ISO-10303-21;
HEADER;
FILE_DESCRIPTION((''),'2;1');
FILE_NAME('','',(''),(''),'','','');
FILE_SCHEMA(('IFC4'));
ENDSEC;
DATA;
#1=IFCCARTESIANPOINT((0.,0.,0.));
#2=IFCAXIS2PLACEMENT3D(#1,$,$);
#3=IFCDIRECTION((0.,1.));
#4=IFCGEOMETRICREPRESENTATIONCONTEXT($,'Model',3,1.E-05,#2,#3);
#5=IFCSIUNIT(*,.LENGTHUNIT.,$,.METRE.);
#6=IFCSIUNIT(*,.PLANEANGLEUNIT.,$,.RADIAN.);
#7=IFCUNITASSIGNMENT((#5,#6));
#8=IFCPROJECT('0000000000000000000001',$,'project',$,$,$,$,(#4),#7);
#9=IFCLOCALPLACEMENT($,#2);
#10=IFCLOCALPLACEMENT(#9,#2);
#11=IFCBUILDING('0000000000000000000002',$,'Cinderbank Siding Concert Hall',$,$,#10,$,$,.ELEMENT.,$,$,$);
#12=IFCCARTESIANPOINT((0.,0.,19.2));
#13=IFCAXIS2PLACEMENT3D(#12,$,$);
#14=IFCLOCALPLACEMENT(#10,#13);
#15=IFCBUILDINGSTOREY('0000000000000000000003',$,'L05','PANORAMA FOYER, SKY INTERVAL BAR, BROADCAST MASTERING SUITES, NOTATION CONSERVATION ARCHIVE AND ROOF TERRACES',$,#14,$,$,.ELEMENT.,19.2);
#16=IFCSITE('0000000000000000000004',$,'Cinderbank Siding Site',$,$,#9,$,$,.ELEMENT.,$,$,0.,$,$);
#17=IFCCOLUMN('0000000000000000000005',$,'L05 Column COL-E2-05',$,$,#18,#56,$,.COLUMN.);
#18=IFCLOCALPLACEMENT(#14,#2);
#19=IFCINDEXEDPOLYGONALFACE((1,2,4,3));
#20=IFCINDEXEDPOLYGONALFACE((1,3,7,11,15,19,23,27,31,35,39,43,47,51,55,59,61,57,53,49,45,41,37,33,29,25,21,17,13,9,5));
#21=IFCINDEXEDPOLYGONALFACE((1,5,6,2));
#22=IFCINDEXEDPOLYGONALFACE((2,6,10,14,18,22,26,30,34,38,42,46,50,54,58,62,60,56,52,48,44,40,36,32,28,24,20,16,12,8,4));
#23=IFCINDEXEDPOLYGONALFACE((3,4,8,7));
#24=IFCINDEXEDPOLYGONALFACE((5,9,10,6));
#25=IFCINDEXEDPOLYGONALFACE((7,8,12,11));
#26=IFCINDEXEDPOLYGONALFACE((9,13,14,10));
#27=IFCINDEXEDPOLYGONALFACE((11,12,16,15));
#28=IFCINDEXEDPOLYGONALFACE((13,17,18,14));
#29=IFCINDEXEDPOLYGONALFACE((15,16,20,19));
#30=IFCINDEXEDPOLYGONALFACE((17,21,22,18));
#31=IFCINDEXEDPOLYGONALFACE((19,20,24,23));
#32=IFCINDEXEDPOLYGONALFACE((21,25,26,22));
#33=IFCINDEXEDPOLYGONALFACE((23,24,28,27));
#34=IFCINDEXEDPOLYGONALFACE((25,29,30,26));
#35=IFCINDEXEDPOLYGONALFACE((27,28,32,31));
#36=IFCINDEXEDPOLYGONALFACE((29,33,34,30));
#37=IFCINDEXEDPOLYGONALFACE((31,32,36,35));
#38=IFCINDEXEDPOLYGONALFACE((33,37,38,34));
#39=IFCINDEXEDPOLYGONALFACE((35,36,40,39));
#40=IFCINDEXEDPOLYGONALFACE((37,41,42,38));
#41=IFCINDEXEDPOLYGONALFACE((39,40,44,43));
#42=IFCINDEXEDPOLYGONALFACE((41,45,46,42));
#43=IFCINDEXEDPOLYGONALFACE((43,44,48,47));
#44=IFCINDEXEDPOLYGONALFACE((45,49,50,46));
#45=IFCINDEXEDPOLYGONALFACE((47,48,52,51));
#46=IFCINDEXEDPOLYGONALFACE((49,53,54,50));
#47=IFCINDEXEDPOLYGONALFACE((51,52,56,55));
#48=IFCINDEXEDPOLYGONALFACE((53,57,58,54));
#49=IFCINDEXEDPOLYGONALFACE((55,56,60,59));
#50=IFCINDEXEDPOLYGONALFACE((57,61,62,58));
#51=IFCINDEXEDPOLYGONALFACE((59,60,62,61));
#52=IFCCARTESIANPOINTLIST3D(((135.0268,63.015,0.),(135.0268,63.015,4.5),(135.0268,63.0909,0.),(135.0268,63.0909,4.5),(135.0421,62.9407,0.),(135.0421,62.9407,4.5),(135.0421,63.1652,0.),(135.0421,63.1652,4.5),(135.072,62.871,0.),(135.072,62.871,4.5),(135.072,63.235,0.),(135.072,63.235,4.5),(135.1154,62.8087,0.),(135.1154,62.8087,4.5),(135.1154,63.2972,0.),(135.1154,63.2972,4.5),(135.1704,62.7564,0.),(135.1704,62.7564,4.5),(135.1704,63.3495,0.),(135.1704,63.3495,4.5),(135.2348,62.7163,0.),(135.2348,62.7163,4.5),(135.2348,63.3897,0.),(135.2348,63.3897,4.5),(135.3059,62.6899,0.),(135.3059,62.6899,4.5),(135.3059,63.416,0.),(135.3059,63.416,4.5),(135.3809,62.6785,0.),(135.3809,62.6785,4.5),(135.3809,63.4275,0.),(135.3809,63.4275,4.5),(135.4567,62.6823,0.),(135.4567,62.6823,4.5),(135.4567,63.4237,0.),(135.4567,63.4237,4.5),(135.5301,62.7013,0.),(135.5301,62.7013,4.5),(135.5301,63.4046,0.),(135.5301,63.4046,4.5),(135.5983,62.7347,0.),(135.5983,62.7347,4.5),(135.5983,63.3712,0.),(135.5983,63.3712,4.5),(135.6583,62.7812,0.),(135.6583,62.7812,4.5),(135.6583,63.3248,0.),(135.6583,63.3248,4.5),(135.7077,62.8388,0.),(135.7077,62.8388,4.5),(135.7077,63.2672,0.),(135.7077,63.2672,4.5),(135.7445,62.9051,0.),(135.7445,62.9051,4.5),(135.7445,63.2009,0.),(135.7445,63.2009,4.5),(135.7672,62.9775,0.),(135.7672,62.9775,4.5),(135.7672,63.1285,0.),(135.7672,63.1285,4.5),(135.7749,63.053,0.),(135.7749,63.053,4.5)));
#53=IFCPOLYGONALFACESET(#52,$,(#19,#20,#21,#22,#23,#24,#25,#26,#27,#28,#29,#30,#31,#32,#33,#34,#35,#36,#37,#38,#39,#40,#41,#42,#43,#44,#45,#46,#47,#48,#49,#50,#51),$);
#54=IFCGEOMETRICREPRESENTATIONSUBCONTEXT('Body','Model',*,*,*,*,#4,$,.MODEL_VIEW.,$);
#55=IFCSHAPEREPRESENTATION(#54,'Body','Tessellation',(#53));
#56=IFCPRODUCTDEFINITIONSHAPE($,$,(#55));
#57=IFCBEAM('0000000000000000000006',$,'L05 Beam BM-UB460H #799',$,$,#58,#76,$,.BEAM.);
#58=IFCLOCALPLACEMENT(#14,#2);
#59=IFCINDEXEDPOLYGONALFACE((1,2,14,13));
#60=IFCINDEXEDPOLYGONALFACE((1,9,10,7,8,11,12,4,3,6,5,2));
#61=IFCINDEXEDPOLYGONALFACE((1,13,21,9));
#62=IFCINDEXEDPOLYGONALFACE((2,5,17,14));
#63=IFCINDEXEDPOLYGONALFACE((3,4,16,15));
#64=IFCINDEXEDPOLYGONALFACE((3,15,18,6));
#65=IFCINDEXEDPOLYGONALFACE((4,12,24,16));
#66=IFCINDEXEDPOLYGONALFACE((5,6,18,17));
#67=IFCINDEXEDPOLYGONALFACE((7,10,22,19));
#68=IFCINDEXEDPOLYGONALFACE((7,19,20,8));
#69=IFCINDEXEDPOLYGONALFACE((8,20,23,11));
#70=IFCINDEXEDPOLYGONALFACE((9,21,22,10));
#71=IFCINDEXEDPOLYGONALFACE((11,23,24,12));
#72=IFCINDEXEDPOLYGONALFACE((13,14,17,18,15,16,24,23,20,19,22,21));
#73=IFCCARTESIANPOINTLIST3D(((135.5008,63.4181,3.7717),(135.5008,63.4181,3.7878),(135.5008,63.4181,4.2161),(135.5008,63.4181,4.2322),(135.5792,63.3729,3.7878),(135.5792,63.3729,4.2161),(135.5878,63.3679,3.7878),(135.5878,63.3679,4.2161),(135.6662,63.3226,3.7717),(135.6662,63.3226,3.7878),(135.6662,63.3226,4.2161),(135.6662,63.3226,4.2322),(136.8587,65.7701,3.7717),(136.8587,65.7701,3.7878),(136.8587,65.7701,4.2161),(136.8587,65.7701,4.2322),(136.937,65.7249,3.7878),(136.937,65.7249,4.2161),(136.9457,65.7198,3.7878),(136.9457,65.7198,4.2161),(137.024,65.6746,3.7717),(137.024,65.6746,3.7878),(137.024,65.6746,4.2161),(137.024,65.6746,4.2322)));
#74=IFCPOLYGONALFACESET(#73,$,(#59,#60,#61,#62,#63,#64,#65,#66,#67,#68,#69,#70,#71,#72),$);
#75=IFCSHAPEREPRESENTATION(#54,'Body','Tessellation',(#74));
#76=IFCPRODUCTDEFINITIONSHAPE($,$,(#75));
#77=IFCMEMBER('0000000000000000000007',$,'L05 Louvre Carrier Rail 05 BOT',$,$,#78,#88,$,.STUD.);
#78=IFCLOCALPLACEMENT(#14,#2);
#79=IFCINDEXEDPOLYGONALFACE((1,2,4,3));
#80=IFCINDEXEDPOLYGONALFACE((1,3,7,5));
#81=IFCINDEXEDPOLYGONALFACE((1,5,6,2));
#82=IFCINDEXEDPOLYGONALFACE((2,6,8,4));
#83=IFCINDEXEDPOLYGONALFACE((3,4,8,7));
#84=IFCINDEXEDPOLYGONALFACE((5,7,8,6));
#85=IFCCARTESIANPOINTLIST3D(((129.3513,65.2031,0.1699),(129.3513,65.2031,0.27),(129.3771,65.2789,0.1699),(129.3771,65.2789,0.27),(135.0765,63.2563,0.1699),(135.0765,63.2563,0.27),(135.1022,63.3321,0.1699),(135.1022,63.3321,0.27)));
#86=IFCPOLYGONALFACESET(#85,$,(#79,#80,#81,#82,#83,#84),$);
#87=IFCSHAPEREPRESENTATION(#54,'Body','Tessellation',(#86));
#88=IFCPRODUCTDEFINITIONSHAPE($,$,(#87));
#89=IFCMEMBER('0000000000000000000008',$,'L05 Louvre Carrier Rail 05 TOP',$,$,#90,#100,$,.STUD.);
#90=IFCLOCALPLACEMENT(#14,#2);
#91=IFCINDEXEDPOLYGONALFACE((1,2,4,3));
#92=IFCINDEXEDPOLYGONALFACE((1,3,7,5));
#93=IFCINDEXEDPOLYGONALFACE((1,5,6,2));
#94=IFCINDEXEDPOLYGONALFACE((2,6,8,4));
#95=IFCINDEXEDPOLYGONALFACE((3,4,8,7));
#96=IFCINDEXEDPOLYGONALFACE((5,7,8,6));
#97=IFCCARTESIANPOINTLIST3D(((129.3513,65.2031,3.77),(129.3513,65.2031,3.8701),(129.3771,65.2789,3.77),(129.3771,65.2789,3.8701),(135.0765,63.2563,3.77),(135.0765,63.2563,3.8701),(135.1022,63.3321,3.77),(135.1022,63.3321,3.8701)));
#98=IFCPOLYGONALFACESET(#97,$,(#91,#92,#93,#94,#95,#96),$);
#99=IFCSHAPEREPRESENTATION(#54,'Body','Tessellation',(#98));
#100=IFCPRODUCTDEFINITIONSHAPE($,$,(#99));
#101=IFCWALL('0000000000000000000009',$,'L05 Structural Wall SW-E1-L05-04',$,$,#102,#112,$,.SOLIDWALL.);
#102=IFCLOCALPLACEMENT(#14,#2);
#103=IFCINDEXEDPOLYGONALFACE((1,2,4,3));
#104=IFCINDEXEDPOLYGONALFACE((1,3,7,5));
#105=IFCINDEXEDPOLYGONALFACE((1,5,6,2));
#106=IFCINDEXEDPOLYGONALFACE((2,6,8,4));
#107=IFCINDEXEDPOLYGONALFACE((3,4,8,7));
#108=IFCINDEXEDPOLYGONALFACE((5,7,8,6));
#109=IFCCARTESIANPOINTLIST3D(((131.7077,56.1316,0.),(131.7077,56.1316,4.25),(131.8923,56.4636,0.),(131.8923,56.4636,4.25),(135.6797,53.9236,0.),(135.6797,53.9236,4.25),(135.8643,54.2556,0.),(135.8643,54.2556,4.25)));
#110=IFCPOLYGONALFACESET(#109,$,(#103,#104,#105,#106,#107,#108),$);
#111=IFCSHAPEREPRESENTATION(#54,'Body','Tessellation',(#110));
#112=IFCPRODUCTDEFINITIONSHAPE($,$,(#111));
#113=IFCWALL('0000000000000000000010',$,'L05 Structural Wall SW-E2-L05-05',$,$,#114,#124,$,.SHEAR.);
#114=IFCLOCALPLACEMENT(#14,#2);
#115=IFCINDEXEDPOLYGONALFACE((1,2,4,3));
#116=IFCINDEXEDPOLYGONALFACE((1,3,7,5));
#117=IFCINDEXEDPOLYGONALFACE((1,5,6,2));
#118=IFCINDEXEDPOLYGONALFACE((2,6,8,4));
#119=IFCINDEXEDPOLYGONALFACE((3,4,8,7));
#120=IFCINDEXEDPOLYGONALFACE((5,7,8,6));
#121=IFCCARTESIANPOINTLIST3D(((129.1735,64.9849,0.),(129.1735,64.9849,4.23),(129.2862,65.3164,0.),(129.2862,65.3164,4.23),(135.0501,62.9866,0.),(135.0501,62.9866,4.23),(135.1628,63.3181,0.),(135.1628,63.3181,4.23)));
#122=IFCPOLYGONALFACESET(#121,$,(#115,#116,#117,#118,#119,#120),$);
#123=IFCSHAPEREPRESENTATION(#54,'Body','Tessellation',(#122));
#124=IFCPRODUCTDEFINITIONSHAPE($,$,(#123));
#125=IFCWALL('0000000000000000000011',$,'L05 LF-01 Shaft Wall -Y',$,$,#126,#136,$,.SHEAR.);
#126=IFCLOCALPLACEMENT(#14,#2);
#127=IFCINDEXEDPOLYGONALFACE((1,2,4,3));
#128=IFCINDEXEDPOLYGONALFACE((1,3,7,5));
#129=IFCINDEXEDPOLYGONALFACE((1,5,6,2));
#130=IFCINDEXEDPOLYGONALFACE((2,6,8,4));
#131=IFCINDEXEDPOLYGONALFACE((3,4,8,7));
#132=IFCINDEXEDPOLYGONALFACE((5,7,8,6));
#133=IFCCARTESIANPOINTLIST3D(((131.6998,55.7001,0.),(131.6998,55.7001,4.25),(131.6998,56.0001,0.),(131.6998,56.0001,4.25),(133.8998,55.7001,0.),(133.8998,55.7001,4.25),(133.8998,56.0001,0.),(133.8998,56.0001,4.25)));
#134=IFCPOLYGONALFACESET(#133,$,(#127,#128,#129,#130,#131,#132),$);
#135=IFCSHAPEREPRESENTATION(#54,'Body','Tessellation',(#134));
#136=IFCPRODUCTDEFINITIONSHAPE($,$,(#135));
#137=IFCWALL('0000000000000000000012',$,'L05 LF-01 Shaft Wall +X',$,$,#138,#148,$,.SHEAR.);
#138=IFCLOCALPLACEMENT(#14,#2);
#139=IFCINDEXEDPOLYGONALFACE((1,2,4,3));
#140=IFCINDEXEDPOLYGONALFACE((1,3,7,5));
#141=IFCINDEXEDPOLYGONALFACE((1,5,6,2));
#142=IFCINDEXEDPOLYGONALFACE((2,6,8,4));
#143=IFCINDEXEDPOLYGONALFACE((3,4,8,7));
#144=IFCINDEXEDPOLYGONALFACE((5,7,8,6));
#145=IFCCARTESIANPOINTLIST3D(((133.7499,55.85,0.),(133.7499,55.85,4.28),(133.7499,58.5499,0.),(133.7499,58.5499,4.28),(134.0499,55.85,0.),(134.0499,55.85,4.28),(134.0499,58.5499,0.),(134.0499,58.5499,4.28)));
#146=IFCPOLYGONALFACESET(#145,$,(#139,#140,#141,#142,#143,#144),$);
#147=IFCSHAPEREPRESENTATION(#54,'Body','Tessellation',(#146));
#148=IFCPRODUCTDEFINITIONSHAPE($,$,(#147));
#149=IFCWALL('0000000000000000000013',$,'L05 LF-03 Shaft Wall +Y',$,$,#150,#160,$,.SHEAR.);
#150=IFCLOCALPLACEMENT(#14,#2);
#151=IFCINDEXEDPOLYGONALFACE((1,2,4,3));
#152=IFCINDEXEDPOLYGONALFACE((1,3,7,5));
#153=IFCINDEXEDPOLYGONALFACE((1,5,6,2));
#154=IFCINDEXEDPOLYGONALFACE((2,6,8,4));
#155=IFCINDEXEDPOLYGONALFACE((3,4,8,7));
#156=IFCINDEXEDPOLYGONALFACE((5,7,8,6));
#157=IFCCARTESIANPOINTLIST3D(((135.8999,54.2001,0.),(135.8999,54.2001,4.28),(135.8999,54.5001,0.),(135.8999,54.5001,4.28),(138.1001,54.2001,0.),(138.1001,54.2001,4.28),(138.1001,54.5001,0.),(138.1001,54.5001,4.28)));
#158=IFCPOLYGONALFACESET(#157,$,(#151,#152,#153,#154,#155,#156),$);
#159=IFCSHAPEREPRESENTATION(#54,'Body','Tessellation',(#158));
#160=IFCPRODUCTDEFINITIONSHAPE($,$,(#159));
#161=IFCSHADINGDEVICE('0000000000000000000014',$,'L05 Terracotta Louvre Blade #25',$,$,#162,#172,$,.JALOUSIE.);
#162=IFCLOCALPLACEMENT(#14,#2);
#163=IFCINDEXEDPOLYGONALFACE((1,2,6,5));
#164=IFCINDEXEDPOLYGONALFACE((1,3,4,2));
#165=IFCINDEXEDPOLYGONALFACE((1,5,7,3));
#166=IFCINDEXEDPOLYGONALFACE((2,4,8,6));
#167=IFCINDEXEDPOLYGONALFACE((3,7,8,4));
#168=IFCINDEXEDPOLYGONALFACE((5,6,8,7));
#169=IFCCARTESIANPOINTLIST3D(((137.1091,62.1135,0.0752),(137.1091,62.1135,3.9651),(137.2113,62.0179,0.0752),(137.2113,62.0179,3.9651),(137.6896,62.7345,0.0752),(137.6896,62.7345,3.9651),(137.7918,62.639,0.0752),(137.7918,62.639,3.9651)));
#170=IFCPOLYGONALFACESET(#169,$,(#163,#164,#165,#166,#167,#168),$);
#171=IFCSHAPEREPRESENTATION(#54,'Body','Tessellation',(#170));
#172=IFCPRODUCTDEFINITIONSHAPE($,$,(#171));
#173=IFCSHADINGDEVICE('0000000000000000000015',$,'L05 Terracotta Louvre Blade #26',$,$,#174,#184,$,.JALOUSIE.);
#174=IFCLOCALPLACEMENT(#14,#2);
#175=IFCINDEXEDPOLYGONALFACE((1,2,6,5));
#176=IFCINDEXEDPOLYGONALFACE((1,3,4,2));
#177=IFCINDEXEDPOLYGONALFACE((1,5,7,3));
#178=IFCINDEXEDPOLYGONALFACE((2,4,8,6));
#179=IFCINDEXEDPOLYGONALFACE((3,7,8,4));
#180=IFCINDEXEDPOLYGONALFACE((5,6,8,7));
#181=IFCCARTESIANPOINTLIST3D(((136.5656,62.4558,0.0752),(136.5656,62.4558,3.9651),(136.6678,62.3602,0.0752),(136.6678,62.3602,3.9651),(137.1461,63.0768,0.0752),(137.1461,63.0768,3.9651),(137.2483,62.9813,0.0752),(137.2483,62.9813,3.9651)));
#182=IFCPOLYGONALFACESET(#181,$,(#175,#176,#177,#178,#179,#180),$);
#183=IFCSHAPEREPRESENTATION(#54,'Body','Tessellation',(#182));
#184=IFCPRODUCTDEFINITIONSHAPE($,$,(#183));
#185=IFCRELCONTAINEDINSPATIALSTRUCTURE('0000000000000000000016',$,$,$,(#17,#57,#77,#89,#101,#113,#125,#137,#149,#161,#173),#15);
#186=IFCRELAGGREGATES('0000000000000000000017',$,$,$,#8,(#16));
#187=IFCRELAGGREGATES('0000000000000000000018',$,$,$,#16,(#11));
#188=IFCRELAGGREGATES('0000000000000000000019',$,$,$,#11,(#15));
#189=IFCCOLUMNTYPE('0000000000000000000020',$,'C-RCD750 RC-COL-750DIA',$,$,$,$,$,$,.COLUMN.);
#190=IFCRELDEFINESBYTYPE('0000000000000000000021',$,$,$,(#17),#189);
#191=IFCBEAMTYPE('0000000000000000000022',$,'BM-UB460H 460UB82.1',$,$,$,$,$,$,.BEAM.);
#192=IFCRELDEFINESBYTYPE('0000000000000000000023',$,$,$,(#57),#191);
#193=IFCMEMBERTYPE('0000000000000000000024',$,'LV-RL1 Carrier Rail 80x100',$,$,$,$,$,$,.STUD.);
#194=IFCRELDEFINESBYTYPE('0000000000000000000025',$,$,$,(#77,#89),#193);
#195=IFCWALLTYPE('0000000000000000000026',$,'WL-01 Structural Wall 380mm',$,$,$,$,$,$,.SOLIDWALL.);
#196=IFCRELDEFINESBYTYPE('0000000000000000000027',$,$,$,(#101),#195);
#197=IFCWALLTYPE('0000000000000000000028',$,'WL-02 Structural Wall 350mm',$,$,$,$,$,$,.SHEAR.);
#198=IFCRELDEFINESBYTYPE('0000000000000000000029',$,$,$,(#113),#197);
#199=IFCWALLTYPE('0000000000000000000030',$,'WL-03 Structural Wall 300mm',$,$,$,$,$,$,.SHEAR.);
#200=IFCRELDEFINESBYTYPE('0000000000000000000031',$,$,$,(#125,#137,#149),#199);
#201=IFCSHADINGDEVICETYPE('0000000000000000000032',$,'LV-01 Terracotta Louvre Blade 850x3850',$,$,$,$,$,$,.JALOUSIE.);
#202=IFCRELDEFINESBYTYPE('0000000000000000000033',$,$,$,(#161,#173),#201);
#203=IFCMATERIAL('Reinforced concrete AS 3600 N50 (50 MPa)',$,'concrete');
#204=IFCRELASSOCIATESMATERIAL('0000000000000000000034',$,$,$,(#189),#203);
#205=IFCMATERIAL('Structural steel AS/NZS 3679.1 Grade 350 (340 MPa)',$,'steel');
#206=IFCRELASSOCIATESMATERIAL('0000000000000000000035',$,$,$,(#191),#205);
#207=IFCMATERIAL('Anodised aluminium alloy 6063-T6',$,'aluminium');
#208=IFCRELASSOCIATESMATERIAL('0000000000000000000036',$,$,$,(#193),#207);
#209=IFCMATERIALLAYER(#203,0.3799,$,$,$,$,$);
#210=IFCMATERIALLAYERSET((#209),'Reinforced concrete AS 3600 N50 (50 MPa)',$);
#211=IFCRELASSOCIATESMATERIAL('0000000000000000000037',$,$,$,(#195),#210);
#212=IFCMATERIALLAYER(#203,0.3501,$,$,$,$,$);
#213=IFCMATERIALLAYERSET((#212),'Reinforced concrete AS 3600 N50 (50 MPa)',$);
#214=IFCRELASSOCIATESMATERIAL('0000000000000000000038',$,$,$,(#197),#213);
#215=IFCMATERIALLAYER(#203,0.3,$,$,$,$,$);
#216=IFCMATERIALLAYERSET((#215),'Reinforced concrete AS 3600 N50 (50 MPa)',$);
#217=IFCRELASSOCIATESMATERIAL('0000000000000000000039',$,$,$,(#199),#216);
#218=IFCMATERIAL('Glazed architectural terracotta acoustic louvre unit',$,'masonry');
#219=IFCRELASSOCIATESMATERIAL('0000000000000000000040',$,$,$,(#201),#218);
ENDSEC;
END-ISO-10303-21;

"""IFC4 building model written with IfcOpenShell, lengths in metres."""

from ifc_helpers import new_model, si_unit, direction, frame, frame_2d, origin, origin_2d, place, context, subcontext, project, spatial, rectangle, circle, i_section, extrude, material, layer, layer_set, material_profile, profile_set, type_object, element, save


model = new_model("IFC4")

# Units and contexts
model_context = context("Model", 3, precision=1e-05, world=origin(), true_north=direction((0.0, 1.0)))
body_context = subcontext(model_context, "Body", "Model", "MODEL_VIEW")
ifc_project = project(units=[si_unit("LENGTHUNIT", "METRE"), si_unit("PLANEANGLEUNIT", "RADIAN")], contexts=[model_context])

# Site, building, storey
site_placement = place(None, origin())
site = spatial("IfcSite", under=ifc_project, at=site_placement, Name="Cinderbank Siding Site", CompositionType="ELEMENT", RefElevation=0.0)
building_placement = place(site_placement, origin())
building = spatial("IfcBuilding", under=site, at=building_placement, Name="Cinderbank Siding Concert Hall", CompositionType="ELEMENT")
storey_placement = place(building_placement, frame((0.0, 0.0, 19.2)))
storey = spatial("IfcBuildingStorey", under=building, at=storey_placement, Name="L05", Description="PANORAMA FOYER, SKY INTERVAL BAR, BROADCAST MASTERING SUITES, NOTATION CONSERVATION ARCHIVE AND ROOF TERRACES", CompositionType="ELEMENT", Elevation=19.2)

# Column
ifc_material_1 = material(Name="Reinforced concrete AS 3600 N50 (50 MPa)", Category="concrete")
ifc_material_profile_1 = material_profile(ifc_material_1, circle(Radius=0.375, at=origin_2d()), Name="RC-COL-750DIA", Category="LoadBearing")
ifc_profile_set_1 = profile_set([ifc_material_profile_1], Name="Reinforced concrete AS 3600 N50 (50 MPa)")
column_type = type_object("IfcColumnType", Name="C-RCD750 RC-COL-750DIA", PredefinedType="COLUMN", material=ifc_profile_set_1)
column_placement = place(storey_placement, frame((135.3999, 63.053, 0.0), z_axis=(0.0, 0.0, 1.0), x_axis=(1.0, 0.0, 0.0)))
element("IfcColumn", 1, at=column_placement, inside=storey, type_object=column_type, Name="L05 Column COL-E2-05", PredefinedType="COLUMN", context=body_context, shape_type="SweptSolid", body=[
    extrude(circle(Radius=0.375, at=origin_2d()), origin(), (0.0, 0.0, 1.0), 4.5),
])

# Beam
ifc_material_2 = material(Name="Structural steel AS/NZS 3679.1 Grade 350 (340 MPa)", Category="steel")
ifc_material_profile_2 = material_profile(ifc_material_2, i_section(OverallWidth=0.1909, OverallDepth=0.4604, WebThickness=0.01, FlangeThickness=0.0161, at=origin_2d()), Name="460UB82.1", Category="LoadBearing")
ifc_profile_set_2 = profile_set([ifc_material_profile_2], Name="Structural steel AS/NZS 3679.1 Grade 350 (340 MPa)")
beam_type = type_object("IfcBeamType", Name="BM-UB460H 460UB82.1", PredefinedType="BEAM", material=ifc_profile_set_2)
beam_placement = place(storey_placement, frame((135.5835, 63.3704, 4.002), z_axis=(0.499987, 0.866033, 0.0), x_axis=(-0.866033, 0.499987, 0.0)))
element("IfcBeam", 2, at=beam_placement, inside=storey, type_object=beam_type, Name="L05 Beam BM-UB460H #799", PredefinedType="BEAM", context=body_context, shape_type="SweptSolid", body=[
    extrude(i_section(OverallWidth=0.1909, OverallDepth=0.4604, WebThickness=0.01, FlangeThickness=0.0161, at=origin_2d()), origin(), (0.0, 0.0, 1.0), 2.7158),
])

# Members
ifc_material_3 = material(Name="Anodised aluminium alloy 6063-T6", Category="aluminium")
ifc_material_profile_3 = material_profile(ifc_material_3, rectangle(XDim=0.0801, YDim=0.1001, at=origin_2d()), Name="ALU-RAIL-80x100", Category="LoadBearing")
ifc_profile_set_3 = profile_set([ifc_material_profile_3], Name="Anodised aluminium alloy 6063-T6")
member_type = type_object("IfcMemberType", Name="LV-RL1 Carrier Rail 80x100", PredefinedType="STUD", material=ifc_profile_set_3)
for number, where, z_axis, x_axis, name in (
    (3, (135.0894, 63.2942, 0.22), (-0.94676, 0.321939, 0.0), (-0.321939, -0.94676, 0.0), "L05 Louvre Carrier Rail 05 BOT"),
    (4, (135.0894, 63.2942, 3.8201), (-0.94676, 0.321939, 0.0), (-0.321939, -0.94676, 0.0), "L05 Louvre Carrier Rail 05 TOP"),
):
    element("IfcMember", number, at=place(storey_placement, frame(where, z_axis=z_axis, x_axis=x_axis)), inside=storey, type_object=member_type, Name=name, PredefinedType="STUD", context=body_context, shape_type="SweptSolid", body=[
        extrude(rectangle(XDim=0.0801, YDim=0.1001, at=origin_2d()), origin(), (0.0, 0.0, 1.0), 6.0471),
    ])

# Walls
ifc_layer_1 = layer(ifc_material_1, 0.3799)
ifc_layer_set_1 = layer_set([ifc_layer_1], Name="Reinforced concrete AS 3600 N50 (50 MPa)")
wall_type_1 = type_object("IfcWallType", Name="WL-01 Structural Wall 380mm", PredefinedType="SOLIDWALL", material=ifc_layer_set_1)
wall_1_placement = place(storey_placement, frame((135.772, 54.0896, 0.0), z_axis=(0.0, 0.0, 1.0), x_axis=(-0.874028, 0.485876, 0.0)))
element("IfcWall", 5, at=wall_1_placement, inside=storey, type_object=wall_type_1, Name="L05 Structural Wall SW-E1-L05-04", PredefinedType="SOLIDWALL", context=body_context, shape_type="SweptSolid", body=[
    extrude(rectangle(XDim=4.5444, YDim=0.3799, at=frame_2d((2.2722, 0.0))), origin(), (0.0, 0.0, 1.0), 4.25),
])
ifc_layer_2 = layer(ifc_material_1, 0.3501)
ifc_layer_set_2 = layer_set([ifc_layer_2], Name="Reinforced concrete AS 3600 N50 (50 MPa)")
wall_type_2 = type_object("IfcWallType", Name="WL-02 Structural Wall 350mm", PredefinedType="SHEAR", material=ifc_layer_set_2)
wall_2_placement = place(storey_placement, frame((135.1064, 63.1523, 0.0), z_axis=(0.0, 0.0, 1.0), x_axis=(-0.946758, 0.321945, 0.0)))
element("IfcWall", 6, at=wall_2_placement, inside=storey, type_object=wall_type_2, Name="L05 Structural Wall SW-E2-L05-05", PredefinedType="SHEAR", context=body_context, shape_type="SweptSolid", body=[
    extrude(rectangle(XDim=6.207, YDim=0.3501, at=frame_2d((3.1035, 0.0))), origin(), (0.0, 0.0, 1.0), 4.23),
])
ifc_layer_3 = layer(ifc_material_1, 0.3)
ifc_layer_set_3 = layer_set([ifc_layer_3], Name="Reinforced concrete AS 3600 N50 (50 MPa)")
wall_type_3 = type_object("IfcWallType", Name="WL-03 Structural Wall 300mm", PredefinedType="SHEAR", material=ifc_layer_set_3)
wall_3_placement = place(storey_placement, frame((133.8999, 55.8501, 0.0), z_axis=(0.0, 0.0, 1.0), x_axis=(-1.0, 0.0, 0.0)))
element("IfcWall", 7, at=wall_3_placement, inside=storey, type_object=wall_type_3, Name="L05 LF-01 Shaft Wall -Y", PredefinedType="SHEAR", context=body_context, shape_type="SweptSolid", body=[
    extrude(rectangle(XDim=2.2, YDim=0.3, at=frame_2d((1.1001, 0.0))), origin(), (0.0, 0.0, 1.0), 4.25),
])
wall_4_placement = place(storey_placement, frame((133.8999, 58.55, 0.0), z_axis=(0.0, 0.0, 1.0), x_axis=(0.0, -1.0, 0.0)))
element("IfcWall", 8, at=wall_4_placement, inside=storey, type_object=wall_type_3, Name="L05 LF-01 Shaft Wall +X", PredefinedType="SHEAR", context=body_context, shape_type="SweptSolid", body=[
    extrude(rectangle(XDim=2.7, YDim=0.3, at=frame_2d((1.3501, 0.0))), origin(), (0.0, 0.0, 1.0), 4.28),
])
wall_5_placement = place(storey_placement, frame((135.8999, 54.3501, 0.0), z_axis=(0.0, 0.0, 1.0), x_axis=(1.0, 0.0, 0.0)))
element("IfcWall", 9, at=wall_5_placement, inside=storey, type_object=wall_type_3, Name="L05 LF-03 Shaft Wall +Y", PredefinedType="SHEAR", context=body_context, shape_type="SweptSolid", body=[
    extrude(rectangle(XDim=2.2002, YDim=0.3, at=frame_2d((1.1001, 0.0))), origin(), (0.0, 0.0, 1.0), 4.28),
])

# Shading devices
ifc_material_4 = material(Name="Glazed architectural terracotta acoustic louvre unit", Category="masonry")
shading_device_type = type_object("IfcShadingDeviceType", Name="LV-01 Terracotta Louvre Blade 850x3850", PredefinedType="JALOUSIE", material=ifc_material_4)
for number, where, z_axis, x_axis, name in (
    (10, (137.4504, 62.3762, 0.0752), (0.0, 0.0, 1.0), (0.682869, 0.730541, 0.0), "L05 Terracotta Louvre Blade #25"),
    (11, (136.907, 62.7185, 0.0752), (0.0, 0.0, 1.0), (0.682869, 0.730541, 0.0), "L05 Terracotta Louvre Blade #26"),
):
    element("IfcShadingDevice", number, at=place(storey_placement, frame(where, z_axis=z_axis, x_axis=x_axis)), inside=storey, type_object=shading_device_type, Name=name, PredefinedType="JALOUSIE", context=body_context, shape_type="SweptSolid", body=[
        extrude(rectangle(XDim=0.8501, YDim=0.1399, at=origin_2d()), origin(), (0.0, 0.0, 1.0), 3.8899),
    ])

save(model, "model.ifc")
